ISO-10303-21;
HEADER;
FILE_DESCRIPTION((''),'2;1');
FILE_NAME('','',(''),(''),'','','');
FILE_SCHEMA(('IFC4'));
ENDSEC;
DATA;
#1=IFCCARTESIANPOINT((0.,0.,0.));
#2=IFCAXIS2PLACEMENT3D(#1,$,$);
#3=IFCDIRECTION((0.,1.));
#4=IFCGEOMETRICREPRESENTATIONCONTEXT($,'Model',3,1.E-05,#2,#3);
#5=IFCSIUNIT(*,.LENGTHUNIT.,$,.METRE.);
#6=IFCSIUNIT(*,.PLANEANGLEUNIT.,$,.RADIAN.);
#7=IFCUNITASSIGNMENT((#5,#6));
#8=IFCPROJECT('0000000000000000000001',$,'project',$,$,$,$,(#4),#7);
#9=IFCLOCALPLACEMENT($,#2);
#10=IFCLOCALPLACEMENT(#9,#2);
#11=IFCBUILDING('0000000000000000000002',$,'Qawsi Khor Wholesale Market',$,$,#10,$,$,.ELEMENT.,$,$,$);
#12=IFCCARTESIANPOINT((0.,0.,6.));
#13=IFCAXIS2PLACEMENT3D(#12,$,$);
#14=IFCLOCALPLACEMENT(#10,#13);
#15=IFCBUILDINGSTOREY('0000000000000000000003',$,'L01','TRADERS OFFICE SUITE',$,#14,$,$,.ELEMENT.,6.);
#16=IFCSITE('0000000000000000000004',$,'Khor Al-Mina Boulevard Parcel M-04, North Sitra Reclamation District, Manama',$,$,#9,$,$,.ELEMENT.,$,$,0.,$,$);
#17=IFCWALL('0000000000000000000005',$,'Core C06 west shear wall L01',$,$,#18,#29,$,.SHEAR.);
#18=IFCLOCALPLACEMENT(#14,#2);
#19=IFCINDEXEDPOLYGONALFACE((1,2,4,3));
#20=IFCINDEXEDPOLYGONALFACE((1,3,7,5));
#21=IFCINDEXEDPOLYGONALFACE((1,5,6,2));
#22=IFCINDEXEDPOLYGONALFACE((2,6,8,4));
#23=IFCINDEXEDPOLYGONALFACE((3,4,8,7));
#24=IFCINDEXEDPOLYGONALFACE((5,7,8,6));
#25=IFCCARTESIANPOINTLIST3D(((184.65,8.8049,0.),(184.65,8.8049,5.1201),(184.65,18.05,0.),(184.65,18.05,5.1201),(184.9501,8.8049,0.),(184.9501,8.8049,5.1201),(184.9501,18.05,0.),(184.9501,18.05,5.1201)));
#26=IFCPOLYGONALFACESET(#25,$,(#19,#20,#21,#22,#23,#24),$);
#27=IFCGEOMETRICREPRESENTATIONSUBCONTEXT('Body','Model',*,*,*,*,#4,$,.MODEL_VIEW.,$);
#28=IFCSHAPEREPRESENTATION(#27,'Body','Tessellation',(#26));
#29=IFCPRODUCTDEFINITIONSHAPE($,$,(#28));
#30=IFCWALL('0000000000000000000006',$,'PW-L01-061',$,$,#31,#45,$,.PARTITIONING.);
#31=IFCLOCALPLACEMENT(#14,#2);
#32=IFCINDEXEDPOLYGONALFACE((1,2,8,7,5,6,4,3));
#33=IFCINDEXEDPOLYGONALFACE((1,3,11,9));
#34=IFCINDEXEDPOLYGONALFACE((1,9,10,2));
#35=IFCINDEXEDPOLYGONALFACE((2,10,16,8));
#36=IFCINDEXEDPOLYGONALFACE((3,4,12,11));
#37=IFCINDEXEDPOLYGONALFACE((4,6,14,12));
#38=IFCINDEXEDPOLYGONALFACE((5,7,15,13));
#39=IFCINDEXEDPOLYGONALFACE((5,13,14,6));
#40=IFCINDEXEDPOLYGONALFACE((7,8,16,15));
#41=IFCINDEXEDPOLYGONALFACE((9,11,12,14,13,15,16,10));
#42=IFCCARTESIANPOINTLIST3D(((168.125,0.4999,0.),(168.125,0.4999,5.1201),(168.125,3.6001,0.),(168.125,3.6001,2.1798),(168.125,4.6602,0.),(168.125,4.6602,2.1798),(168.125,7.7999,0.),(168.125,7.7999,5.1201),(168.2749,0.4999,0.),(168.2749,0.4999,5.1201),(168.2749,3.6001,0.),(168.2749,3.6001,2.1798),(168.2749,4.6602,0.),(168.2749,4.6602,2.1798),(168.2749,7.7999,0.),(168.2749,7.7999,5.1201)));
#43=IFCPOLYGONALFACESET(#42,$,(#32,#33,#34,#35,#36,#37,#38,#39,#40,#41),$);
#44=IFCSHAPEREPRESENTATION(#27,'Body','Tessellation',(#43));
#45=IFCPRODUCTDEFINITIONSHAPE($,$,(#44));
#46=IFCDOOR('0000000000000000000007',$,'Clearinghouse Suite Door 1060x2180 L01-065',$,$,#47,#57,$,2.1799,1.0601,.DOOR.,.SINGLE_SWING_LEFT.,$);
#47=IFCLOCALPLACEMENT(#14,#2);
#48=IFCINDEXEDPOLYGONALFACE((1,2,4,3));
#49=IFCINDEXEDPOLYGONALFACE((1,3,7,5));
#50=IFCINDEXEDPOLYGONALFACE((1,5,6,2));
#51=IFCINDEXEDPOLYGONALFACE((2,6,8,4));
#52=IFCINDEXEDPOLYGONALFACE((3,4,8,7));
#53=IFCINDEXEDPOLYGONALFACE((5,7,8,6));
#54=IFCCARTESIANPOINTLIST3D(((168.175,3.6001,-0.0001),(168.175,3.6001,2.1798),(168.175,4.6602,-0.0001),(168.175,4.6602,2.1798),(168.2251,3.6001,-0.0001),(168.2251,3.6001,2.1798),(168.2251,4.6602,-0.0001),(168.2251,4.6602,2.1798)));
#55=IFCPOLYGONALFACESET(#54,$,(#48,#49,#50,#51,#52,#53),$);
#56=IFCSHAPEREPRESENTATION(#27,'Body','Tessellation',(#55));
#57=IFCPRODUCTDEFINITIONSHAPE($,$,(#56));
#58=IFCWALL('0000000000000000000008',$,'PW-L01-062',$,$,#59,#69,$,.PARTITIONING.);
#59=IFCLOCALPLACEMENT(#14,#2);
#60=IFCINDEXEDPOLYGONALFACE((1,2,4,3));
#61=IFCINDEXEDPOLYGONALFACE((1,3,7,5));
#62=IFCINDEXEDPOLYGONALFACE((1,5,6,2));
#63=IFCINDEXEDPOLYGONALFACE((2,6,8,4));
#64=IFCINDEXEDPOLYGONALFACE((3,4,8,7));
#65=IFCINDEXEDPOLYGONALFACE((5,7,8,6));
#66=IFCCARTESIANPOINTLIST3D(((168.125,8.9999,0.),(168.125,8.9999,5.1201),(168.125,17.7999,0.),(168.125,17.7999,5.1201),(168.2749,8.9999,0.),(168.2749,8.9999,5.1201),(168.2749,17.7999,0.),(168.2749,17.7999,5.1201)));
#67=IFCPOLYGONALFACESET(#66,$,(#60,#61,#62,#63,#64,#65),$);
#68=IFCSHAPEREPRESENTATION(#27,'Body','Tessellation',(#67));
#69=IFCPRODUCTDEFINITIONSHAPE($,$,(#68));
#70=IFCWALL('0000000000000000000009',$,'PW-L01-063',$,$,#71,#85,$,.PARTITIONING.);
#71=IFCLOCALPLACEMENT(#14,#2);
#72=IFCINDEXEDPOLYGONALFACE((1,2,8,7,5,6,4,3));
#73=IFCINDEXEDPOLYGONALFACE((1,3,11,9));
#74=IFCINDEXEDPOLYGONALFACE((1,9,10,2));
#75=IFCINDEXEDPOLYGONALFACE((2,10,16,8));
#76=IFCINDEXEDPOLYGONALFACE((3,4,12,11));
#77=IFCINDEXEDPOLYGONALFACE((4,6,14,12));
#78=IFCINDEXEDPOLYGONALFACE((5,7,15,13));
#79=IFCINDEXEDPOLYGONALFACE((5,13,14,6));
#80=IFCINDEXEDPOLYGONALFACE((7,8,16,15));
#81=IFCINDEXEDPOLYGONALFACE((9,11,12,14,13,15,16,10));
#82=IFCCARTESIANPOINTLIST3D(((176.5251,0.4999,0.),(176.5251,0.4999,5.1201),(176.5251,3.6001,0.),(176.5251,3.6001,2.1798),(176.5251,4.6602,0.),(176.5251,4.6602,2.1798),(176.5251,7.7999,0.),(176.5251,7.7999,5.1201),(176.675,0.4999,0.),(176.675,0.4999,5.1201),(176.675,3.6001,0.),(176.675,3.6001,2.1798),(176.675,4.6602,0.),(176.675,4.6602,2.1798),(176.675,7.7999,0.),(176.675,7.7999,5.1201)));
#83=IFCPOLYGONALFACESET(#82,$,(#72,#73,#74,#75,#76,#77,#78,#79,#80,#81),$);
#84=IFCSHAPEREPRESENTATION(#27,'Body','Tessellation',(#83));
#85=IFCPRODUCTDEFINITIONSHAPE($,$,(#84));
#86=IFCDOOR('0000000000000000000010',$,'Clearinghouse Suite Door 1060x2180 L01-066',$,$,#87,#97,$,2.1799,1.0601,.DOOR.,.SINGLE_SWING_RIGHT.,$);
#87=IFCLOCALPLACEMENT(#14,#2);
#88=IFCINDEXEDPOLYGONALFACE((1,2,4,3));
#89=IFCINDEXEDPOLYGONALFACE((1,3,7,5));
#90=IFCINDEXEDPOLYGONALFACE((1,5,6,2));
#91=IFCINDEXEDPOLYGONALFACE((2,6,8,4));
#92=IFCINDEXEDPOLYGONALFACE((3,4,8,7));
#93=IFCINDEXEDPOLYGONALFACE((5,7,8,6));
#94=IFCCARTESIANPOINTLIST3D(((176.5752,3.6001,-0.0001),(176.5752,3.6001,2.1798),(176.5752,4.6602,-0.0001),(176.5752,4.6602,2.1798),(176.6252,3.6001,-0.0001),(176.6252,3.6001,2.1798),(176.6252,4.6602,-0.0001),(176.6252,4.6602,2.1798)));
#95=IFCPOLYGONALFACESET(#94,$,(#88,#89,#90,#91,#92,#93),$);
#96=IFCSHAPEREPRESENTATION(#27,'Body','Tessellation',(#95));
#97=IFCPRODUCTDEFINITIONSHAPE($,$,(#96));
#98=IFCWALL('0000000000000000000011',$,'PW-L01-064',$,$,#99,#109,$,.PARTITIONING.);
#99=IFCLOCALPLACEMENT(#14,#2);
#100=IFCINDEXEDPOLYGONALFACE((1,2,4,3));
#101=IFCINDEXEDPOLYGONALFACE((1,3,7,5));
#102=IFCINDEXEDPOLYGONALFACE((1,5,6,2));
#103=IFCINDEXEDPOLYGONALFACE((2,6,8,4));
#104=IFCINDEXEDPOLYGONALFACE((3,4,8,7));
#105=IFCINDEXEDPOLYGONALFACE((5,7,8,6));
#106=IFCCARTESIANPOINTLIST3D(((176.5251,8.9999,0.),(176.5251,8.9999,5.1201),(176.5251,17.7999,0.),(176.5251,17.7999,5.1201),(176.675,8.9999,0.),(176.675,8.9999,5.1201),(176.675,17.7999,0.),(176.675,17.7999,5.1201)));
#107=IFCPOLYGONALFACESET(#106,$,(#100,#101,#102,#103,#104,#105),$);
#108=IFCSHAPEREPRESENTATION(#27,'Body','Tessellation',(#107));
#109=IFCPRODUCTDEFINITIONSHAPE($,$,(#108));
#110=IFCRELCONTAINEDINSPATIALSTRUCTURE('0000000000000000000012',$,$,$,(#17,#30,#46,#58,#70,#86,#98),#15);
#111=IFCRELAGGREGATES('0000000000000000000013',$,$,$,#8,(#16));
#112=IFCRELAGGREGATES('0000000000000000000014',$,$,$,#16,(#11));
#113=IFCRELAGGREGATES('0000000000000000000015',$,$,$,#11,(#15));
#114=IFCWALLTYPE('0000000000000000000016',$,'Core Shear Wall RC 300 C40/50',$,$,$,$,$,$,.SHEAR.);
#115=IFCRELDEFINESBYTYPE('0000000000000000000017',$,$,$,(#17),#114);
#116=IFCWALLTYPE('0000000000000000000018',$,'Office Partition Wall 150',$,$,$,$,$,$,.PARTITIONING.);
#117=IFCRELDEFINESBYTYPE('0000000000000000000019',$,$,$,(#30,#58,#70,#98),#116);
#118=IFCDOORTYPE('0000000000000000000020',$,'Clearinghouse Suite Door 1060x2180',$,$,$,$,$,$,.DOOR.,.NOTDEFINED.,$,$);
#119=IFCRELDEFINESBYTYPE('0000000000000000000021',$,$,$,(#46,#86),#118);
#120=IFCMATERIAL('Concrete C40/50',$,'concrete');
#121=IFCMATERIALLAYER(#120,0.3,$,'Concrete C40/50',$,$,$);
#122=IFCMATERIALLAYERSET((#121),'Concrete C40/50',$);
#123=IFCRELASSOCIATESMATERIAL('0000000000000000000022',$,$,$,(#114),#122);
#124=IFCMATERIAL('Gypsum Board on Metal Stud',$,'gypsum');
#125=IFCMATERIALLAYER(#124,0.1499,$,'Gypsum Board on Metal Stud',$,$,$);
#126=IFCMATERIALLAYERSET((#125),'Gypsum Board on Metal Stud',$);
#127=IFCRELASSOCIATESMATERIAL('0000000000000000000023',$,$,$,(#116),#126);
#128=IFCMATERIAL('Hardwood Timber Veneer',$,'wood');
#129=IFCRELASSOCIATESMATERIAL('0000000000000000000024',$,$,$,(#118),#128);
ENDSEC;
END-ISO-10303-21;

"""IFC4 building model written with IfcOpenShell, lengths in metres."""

from ifc_helpers import new_model, si_unit, direction, frame, frame_2d, origin, place, context, subcontext, project, spatial, rectangle, extrude, material, layer, layer_set, type_object, element, fill, save


model = new_model("IFC4")

# Units and contexts
model_context = context("Model", 3, precision=1e-05, world=origin(), true_north=direction((0.0, 1.0)))
body_context = subcontext(model_context, "Body", "Model", "MODEL_VIEW")
ifc_project = project(units=[si_unit("LENGTHUNIT", "METRE"), si_unit("PLANEANGLEUNIT", "RADIAN")], contexts=[model_context])

# Site, building, storey
site_placement = place(None, origin())
site = spatial("IfcSite", under=ifc_project, at=site_placement, Name="Khor Al-Mina Boulevard Parcel M-04, North Sitra Reclamation District, Manama", CompositionType="ELEMENT", RefElevation=0.0)
building_placement = place(site_placement, origin())
building = spatial("IfcBuilding", under=site, at=building_placement, Name="Qawsi Khor Wholesale Market", CompositionType="ELEMENT")
storey_placement = place(building_placement, frame((0.0, 0.0, 6.0)))
storey = spatial("IfcBuildingStorey", under=building, at=storey_placement, Name="L01", Description="TRADERS OFFICE SUITE", CompositionType="ELEMENT", Elevation=6.0)

# Shared definitions
ifc_material_1 = material(Name="Concrete C40/50", Category="concrete")

# Wall
ifc_layer_1 = layer(ifc_material_1, 0.3, Name="Concrete C40/50")
ifc_layer_set_1 = layer_set([ifc_layer_1], Name="Concrete C40/50")
wall_type_1 = type_object("IfcWallType", Name="Core Shear Wall RC 300 C40/50", PredefinedType="SHEAR", material=ifc_layer_set_1)
wall_1_placement = place(storey_placement, frame((184.8, 8.8049, 0.0), z_axis=(0.0, 0.0, 1.0), x_axis=(0.0, 1.0, 0.0)))
element("IfcWall", 1, at=wall_1_placement, inside=storey, type_object=wall_type_1, Name="Core C06 west shear wall L01", PredefinedType="SHEAR", context=body_context, shape_type="SweptSolid", body=[
    extrude(rectangle(XDim=9.2451, YDim=0.3, at=frame_2d((4.6226, 0.0))), origin(), (0.0, 0.0, 1.0), 5.1201),
])

# Wall, opening, door
ifc_material_2 = material(Name="Gypsum Board on Metal Stud", Category="gypsum")
ifc_layer_2 = layer(ifc_material_2, 0.1499, Name="Gypsum Board on Metal Stud")
ifc_layer_set_2 = layer_set([ifc_layer_2], Name="Gypsum Board on Metal Stud")
wall_type_2 = type_object("IfcWallType", Name="Office Partition Wall 150", PredefinedType="PARTITIONING", material=ifc_layer_set_2)
wall_2_placement = place(storey_placement, frame((168.2, 0.5, 0.0), z_axis=(0.0, 0.0, 1.0), x_axis=(0.0, 1.0, 0.0)))
wall_2 = element("IfcWall", 2, at=wall_2_placement, inside=storey, type_object=wall_type_2, Name="PW-L01-061", PredefinedType="PARTITIONING", context=body_context, shape_type="SweptSolid", body=[
    extrude(rectangle(XDim=7.3, YDim=0.1499, at=frame_2d((3.6499, 0.0))), origin(), (0.0, 0.0, 1.0), 5.1201),
])
opening_1_placement = place(wall_2_placement, frame((3.1001, 0.0, 0.0)))
opening_1 = element("IfcOpeningElement", 3, at=opening_1_placement, cuts=wall_2, PredefinedType="OPENING", context=body_context, shape_type="SweptSolid", body=[
    extrude(rectangle(XDim=1.0601, YDim=2.1799, at=frame_2d((0.53, 1.0898))), frame((0.0, 0.085, 0.0), z_axis=(0.0, -1.0, 0.0), x_axis=(1.0, 0.0, 0.0)), (0.0, 0.0, 1.0), 0.1699),
])
ifc_material_3 = material(Name="Hardwood Timber Veneer", Category="wood")
door_type = type_object("IfcDoorType", Name="Clearinghouse Suite Door 1060x2180", OperationType="NOTDEFINED", PredefinedType="DOOR", material=ifc_material_3)
door_1_placement = place(opening_1_placement, origin())
door_1 = element("IfcDoor", 4, at=door_1_placement, inside=storey, type_object=door_type, Name="Clearinghouse Suite Door 1060x2180 L01-065", OperationType="SINGLE_SWING_LEFT", OverallHeight=2.1799, OverallWidth=1.0601, PredefinedType="DOOR", context=body_context, shape_type="SweptSolid", body=[
    extrude(rectangle(XDim=1.0601, YDim=2.1799, at=frame_2d((0.53, 1.0898))), frame((0.0, 0.0249, 0.0), z_axis=(0.0, -1.0, 0.0), x_axis=(1.0, 0.0, 0.0)), (0.0, 0.0, 1.0), 0.05),
])
fill(opening_1, door_1)

# Wall
wall_3_placement = place(storey_placement, frame((168.2, 9.0, 0.0), z_axis=(0.0, 0.0, 1.0), x_axis=(0.0, 1.0, 0.0)))
element("IfcWall", 5, at=wall_3_placement, inside=storey, type_object=wall_type_2, Name="PW-L01-062", PredefinedType="PARTITIONING", context=body_context, shape_type="SweptSolid", body=[
    extrude(rectangle(XDim=8.8, YDim=0.1499, at=frame_2d((4.3999, 0.0))), origin(), (0.0, 0.0, 1.0), 5.1201),
])

# Wall, opening, door
wall_4_placement = place(storey_placement, frame((176.6001, 0.5, 0.0), z_axis=(0.0, 0.0, 1.0), x_axis=(0.0, 1.0, 0.0)))
wall_4 = element("IfcWall", 6, at=wall_4_placement, inside=storey, type_object=wall_type_2, Name="PW-L01-063", PredefinedType="PARTITIONING", context=body_context, shape_type="SweptSolid", body=[
    extrude(rectangle(XDim=7.3, YDim=0.1499, at=frame_2d((3.6499, 0.0))), origin(), (0.0, 0.0, 1.0), 5.1201),
])
opening_2_placement = place(wall_4_placement, frame((3.1001, 0.0, 0.0)))
opening_2 = element("IfcOpeningElement", 7, at=opening_2_placement, cuts=wall_4, PredefinedType="OPENING", context=body_context, shape_type="SweptSolid", body=[
    extrude(rectangle(XDim=1.0601, YDim=2.1799, at=frame_2d((0.53, 1.0898))), frame((0.0, 0.085, 0.0), z_axis=(0.0, -1.0, 0.0), x_axis=(1.0, 0.0, 0.0)), (0.0, 0.0, 1.0), 0.1699),
])
door_2_placement = place(opening_2_placement, origin())
door_2 = element("IfcDoor", 8, at=door_2_placement, inside=storey, type_object=door_type, Name="Clearinghouse Suite Door 1060x2180 L01-066", OperationType="SINGLE_SWING_RIGHT", OverallHeight=2.1799, OverallWidth=1.0601, PredefinedType="DOOR", context=body_context, shape_type="SweptSolid", body=[
    extrude(rectangle(XDim=1.0601, YDim=2.1799, at=frame_2d((0.53, 1.0898))), frame((0.0, 0.0249, 0.0), z_axis=(0.0, -1.0, 0.0), x_axis=(1.0, 0.0, 0.0)), (0.0, 0.0, 1.0), 0.05),
])
fill(opening_2, door_2)

# Wall
wall_5_placement = place(storey_placement, frame((176.6001, 9.0, 0.0), z_axis=(0.0, 0.0, 1.0), x_axis=(0.0, 1.0, 0.0)))
element("IfcWall", 9, at=wall_5_placement, inside=storey, type_object=wall_type_2, Name="PW-L01-064", PredefinedType="PARTITIONING", context=body_context, shape_type="SweptSolid", body=[
    extrude(rectangle(XDim=8.8, YDim=0.1499, at=frame_2d((4.3999, 0.0))), origin(), (0.0, 0.0, 1.0), 5.1201),
])

save(model, "model.ifc")
